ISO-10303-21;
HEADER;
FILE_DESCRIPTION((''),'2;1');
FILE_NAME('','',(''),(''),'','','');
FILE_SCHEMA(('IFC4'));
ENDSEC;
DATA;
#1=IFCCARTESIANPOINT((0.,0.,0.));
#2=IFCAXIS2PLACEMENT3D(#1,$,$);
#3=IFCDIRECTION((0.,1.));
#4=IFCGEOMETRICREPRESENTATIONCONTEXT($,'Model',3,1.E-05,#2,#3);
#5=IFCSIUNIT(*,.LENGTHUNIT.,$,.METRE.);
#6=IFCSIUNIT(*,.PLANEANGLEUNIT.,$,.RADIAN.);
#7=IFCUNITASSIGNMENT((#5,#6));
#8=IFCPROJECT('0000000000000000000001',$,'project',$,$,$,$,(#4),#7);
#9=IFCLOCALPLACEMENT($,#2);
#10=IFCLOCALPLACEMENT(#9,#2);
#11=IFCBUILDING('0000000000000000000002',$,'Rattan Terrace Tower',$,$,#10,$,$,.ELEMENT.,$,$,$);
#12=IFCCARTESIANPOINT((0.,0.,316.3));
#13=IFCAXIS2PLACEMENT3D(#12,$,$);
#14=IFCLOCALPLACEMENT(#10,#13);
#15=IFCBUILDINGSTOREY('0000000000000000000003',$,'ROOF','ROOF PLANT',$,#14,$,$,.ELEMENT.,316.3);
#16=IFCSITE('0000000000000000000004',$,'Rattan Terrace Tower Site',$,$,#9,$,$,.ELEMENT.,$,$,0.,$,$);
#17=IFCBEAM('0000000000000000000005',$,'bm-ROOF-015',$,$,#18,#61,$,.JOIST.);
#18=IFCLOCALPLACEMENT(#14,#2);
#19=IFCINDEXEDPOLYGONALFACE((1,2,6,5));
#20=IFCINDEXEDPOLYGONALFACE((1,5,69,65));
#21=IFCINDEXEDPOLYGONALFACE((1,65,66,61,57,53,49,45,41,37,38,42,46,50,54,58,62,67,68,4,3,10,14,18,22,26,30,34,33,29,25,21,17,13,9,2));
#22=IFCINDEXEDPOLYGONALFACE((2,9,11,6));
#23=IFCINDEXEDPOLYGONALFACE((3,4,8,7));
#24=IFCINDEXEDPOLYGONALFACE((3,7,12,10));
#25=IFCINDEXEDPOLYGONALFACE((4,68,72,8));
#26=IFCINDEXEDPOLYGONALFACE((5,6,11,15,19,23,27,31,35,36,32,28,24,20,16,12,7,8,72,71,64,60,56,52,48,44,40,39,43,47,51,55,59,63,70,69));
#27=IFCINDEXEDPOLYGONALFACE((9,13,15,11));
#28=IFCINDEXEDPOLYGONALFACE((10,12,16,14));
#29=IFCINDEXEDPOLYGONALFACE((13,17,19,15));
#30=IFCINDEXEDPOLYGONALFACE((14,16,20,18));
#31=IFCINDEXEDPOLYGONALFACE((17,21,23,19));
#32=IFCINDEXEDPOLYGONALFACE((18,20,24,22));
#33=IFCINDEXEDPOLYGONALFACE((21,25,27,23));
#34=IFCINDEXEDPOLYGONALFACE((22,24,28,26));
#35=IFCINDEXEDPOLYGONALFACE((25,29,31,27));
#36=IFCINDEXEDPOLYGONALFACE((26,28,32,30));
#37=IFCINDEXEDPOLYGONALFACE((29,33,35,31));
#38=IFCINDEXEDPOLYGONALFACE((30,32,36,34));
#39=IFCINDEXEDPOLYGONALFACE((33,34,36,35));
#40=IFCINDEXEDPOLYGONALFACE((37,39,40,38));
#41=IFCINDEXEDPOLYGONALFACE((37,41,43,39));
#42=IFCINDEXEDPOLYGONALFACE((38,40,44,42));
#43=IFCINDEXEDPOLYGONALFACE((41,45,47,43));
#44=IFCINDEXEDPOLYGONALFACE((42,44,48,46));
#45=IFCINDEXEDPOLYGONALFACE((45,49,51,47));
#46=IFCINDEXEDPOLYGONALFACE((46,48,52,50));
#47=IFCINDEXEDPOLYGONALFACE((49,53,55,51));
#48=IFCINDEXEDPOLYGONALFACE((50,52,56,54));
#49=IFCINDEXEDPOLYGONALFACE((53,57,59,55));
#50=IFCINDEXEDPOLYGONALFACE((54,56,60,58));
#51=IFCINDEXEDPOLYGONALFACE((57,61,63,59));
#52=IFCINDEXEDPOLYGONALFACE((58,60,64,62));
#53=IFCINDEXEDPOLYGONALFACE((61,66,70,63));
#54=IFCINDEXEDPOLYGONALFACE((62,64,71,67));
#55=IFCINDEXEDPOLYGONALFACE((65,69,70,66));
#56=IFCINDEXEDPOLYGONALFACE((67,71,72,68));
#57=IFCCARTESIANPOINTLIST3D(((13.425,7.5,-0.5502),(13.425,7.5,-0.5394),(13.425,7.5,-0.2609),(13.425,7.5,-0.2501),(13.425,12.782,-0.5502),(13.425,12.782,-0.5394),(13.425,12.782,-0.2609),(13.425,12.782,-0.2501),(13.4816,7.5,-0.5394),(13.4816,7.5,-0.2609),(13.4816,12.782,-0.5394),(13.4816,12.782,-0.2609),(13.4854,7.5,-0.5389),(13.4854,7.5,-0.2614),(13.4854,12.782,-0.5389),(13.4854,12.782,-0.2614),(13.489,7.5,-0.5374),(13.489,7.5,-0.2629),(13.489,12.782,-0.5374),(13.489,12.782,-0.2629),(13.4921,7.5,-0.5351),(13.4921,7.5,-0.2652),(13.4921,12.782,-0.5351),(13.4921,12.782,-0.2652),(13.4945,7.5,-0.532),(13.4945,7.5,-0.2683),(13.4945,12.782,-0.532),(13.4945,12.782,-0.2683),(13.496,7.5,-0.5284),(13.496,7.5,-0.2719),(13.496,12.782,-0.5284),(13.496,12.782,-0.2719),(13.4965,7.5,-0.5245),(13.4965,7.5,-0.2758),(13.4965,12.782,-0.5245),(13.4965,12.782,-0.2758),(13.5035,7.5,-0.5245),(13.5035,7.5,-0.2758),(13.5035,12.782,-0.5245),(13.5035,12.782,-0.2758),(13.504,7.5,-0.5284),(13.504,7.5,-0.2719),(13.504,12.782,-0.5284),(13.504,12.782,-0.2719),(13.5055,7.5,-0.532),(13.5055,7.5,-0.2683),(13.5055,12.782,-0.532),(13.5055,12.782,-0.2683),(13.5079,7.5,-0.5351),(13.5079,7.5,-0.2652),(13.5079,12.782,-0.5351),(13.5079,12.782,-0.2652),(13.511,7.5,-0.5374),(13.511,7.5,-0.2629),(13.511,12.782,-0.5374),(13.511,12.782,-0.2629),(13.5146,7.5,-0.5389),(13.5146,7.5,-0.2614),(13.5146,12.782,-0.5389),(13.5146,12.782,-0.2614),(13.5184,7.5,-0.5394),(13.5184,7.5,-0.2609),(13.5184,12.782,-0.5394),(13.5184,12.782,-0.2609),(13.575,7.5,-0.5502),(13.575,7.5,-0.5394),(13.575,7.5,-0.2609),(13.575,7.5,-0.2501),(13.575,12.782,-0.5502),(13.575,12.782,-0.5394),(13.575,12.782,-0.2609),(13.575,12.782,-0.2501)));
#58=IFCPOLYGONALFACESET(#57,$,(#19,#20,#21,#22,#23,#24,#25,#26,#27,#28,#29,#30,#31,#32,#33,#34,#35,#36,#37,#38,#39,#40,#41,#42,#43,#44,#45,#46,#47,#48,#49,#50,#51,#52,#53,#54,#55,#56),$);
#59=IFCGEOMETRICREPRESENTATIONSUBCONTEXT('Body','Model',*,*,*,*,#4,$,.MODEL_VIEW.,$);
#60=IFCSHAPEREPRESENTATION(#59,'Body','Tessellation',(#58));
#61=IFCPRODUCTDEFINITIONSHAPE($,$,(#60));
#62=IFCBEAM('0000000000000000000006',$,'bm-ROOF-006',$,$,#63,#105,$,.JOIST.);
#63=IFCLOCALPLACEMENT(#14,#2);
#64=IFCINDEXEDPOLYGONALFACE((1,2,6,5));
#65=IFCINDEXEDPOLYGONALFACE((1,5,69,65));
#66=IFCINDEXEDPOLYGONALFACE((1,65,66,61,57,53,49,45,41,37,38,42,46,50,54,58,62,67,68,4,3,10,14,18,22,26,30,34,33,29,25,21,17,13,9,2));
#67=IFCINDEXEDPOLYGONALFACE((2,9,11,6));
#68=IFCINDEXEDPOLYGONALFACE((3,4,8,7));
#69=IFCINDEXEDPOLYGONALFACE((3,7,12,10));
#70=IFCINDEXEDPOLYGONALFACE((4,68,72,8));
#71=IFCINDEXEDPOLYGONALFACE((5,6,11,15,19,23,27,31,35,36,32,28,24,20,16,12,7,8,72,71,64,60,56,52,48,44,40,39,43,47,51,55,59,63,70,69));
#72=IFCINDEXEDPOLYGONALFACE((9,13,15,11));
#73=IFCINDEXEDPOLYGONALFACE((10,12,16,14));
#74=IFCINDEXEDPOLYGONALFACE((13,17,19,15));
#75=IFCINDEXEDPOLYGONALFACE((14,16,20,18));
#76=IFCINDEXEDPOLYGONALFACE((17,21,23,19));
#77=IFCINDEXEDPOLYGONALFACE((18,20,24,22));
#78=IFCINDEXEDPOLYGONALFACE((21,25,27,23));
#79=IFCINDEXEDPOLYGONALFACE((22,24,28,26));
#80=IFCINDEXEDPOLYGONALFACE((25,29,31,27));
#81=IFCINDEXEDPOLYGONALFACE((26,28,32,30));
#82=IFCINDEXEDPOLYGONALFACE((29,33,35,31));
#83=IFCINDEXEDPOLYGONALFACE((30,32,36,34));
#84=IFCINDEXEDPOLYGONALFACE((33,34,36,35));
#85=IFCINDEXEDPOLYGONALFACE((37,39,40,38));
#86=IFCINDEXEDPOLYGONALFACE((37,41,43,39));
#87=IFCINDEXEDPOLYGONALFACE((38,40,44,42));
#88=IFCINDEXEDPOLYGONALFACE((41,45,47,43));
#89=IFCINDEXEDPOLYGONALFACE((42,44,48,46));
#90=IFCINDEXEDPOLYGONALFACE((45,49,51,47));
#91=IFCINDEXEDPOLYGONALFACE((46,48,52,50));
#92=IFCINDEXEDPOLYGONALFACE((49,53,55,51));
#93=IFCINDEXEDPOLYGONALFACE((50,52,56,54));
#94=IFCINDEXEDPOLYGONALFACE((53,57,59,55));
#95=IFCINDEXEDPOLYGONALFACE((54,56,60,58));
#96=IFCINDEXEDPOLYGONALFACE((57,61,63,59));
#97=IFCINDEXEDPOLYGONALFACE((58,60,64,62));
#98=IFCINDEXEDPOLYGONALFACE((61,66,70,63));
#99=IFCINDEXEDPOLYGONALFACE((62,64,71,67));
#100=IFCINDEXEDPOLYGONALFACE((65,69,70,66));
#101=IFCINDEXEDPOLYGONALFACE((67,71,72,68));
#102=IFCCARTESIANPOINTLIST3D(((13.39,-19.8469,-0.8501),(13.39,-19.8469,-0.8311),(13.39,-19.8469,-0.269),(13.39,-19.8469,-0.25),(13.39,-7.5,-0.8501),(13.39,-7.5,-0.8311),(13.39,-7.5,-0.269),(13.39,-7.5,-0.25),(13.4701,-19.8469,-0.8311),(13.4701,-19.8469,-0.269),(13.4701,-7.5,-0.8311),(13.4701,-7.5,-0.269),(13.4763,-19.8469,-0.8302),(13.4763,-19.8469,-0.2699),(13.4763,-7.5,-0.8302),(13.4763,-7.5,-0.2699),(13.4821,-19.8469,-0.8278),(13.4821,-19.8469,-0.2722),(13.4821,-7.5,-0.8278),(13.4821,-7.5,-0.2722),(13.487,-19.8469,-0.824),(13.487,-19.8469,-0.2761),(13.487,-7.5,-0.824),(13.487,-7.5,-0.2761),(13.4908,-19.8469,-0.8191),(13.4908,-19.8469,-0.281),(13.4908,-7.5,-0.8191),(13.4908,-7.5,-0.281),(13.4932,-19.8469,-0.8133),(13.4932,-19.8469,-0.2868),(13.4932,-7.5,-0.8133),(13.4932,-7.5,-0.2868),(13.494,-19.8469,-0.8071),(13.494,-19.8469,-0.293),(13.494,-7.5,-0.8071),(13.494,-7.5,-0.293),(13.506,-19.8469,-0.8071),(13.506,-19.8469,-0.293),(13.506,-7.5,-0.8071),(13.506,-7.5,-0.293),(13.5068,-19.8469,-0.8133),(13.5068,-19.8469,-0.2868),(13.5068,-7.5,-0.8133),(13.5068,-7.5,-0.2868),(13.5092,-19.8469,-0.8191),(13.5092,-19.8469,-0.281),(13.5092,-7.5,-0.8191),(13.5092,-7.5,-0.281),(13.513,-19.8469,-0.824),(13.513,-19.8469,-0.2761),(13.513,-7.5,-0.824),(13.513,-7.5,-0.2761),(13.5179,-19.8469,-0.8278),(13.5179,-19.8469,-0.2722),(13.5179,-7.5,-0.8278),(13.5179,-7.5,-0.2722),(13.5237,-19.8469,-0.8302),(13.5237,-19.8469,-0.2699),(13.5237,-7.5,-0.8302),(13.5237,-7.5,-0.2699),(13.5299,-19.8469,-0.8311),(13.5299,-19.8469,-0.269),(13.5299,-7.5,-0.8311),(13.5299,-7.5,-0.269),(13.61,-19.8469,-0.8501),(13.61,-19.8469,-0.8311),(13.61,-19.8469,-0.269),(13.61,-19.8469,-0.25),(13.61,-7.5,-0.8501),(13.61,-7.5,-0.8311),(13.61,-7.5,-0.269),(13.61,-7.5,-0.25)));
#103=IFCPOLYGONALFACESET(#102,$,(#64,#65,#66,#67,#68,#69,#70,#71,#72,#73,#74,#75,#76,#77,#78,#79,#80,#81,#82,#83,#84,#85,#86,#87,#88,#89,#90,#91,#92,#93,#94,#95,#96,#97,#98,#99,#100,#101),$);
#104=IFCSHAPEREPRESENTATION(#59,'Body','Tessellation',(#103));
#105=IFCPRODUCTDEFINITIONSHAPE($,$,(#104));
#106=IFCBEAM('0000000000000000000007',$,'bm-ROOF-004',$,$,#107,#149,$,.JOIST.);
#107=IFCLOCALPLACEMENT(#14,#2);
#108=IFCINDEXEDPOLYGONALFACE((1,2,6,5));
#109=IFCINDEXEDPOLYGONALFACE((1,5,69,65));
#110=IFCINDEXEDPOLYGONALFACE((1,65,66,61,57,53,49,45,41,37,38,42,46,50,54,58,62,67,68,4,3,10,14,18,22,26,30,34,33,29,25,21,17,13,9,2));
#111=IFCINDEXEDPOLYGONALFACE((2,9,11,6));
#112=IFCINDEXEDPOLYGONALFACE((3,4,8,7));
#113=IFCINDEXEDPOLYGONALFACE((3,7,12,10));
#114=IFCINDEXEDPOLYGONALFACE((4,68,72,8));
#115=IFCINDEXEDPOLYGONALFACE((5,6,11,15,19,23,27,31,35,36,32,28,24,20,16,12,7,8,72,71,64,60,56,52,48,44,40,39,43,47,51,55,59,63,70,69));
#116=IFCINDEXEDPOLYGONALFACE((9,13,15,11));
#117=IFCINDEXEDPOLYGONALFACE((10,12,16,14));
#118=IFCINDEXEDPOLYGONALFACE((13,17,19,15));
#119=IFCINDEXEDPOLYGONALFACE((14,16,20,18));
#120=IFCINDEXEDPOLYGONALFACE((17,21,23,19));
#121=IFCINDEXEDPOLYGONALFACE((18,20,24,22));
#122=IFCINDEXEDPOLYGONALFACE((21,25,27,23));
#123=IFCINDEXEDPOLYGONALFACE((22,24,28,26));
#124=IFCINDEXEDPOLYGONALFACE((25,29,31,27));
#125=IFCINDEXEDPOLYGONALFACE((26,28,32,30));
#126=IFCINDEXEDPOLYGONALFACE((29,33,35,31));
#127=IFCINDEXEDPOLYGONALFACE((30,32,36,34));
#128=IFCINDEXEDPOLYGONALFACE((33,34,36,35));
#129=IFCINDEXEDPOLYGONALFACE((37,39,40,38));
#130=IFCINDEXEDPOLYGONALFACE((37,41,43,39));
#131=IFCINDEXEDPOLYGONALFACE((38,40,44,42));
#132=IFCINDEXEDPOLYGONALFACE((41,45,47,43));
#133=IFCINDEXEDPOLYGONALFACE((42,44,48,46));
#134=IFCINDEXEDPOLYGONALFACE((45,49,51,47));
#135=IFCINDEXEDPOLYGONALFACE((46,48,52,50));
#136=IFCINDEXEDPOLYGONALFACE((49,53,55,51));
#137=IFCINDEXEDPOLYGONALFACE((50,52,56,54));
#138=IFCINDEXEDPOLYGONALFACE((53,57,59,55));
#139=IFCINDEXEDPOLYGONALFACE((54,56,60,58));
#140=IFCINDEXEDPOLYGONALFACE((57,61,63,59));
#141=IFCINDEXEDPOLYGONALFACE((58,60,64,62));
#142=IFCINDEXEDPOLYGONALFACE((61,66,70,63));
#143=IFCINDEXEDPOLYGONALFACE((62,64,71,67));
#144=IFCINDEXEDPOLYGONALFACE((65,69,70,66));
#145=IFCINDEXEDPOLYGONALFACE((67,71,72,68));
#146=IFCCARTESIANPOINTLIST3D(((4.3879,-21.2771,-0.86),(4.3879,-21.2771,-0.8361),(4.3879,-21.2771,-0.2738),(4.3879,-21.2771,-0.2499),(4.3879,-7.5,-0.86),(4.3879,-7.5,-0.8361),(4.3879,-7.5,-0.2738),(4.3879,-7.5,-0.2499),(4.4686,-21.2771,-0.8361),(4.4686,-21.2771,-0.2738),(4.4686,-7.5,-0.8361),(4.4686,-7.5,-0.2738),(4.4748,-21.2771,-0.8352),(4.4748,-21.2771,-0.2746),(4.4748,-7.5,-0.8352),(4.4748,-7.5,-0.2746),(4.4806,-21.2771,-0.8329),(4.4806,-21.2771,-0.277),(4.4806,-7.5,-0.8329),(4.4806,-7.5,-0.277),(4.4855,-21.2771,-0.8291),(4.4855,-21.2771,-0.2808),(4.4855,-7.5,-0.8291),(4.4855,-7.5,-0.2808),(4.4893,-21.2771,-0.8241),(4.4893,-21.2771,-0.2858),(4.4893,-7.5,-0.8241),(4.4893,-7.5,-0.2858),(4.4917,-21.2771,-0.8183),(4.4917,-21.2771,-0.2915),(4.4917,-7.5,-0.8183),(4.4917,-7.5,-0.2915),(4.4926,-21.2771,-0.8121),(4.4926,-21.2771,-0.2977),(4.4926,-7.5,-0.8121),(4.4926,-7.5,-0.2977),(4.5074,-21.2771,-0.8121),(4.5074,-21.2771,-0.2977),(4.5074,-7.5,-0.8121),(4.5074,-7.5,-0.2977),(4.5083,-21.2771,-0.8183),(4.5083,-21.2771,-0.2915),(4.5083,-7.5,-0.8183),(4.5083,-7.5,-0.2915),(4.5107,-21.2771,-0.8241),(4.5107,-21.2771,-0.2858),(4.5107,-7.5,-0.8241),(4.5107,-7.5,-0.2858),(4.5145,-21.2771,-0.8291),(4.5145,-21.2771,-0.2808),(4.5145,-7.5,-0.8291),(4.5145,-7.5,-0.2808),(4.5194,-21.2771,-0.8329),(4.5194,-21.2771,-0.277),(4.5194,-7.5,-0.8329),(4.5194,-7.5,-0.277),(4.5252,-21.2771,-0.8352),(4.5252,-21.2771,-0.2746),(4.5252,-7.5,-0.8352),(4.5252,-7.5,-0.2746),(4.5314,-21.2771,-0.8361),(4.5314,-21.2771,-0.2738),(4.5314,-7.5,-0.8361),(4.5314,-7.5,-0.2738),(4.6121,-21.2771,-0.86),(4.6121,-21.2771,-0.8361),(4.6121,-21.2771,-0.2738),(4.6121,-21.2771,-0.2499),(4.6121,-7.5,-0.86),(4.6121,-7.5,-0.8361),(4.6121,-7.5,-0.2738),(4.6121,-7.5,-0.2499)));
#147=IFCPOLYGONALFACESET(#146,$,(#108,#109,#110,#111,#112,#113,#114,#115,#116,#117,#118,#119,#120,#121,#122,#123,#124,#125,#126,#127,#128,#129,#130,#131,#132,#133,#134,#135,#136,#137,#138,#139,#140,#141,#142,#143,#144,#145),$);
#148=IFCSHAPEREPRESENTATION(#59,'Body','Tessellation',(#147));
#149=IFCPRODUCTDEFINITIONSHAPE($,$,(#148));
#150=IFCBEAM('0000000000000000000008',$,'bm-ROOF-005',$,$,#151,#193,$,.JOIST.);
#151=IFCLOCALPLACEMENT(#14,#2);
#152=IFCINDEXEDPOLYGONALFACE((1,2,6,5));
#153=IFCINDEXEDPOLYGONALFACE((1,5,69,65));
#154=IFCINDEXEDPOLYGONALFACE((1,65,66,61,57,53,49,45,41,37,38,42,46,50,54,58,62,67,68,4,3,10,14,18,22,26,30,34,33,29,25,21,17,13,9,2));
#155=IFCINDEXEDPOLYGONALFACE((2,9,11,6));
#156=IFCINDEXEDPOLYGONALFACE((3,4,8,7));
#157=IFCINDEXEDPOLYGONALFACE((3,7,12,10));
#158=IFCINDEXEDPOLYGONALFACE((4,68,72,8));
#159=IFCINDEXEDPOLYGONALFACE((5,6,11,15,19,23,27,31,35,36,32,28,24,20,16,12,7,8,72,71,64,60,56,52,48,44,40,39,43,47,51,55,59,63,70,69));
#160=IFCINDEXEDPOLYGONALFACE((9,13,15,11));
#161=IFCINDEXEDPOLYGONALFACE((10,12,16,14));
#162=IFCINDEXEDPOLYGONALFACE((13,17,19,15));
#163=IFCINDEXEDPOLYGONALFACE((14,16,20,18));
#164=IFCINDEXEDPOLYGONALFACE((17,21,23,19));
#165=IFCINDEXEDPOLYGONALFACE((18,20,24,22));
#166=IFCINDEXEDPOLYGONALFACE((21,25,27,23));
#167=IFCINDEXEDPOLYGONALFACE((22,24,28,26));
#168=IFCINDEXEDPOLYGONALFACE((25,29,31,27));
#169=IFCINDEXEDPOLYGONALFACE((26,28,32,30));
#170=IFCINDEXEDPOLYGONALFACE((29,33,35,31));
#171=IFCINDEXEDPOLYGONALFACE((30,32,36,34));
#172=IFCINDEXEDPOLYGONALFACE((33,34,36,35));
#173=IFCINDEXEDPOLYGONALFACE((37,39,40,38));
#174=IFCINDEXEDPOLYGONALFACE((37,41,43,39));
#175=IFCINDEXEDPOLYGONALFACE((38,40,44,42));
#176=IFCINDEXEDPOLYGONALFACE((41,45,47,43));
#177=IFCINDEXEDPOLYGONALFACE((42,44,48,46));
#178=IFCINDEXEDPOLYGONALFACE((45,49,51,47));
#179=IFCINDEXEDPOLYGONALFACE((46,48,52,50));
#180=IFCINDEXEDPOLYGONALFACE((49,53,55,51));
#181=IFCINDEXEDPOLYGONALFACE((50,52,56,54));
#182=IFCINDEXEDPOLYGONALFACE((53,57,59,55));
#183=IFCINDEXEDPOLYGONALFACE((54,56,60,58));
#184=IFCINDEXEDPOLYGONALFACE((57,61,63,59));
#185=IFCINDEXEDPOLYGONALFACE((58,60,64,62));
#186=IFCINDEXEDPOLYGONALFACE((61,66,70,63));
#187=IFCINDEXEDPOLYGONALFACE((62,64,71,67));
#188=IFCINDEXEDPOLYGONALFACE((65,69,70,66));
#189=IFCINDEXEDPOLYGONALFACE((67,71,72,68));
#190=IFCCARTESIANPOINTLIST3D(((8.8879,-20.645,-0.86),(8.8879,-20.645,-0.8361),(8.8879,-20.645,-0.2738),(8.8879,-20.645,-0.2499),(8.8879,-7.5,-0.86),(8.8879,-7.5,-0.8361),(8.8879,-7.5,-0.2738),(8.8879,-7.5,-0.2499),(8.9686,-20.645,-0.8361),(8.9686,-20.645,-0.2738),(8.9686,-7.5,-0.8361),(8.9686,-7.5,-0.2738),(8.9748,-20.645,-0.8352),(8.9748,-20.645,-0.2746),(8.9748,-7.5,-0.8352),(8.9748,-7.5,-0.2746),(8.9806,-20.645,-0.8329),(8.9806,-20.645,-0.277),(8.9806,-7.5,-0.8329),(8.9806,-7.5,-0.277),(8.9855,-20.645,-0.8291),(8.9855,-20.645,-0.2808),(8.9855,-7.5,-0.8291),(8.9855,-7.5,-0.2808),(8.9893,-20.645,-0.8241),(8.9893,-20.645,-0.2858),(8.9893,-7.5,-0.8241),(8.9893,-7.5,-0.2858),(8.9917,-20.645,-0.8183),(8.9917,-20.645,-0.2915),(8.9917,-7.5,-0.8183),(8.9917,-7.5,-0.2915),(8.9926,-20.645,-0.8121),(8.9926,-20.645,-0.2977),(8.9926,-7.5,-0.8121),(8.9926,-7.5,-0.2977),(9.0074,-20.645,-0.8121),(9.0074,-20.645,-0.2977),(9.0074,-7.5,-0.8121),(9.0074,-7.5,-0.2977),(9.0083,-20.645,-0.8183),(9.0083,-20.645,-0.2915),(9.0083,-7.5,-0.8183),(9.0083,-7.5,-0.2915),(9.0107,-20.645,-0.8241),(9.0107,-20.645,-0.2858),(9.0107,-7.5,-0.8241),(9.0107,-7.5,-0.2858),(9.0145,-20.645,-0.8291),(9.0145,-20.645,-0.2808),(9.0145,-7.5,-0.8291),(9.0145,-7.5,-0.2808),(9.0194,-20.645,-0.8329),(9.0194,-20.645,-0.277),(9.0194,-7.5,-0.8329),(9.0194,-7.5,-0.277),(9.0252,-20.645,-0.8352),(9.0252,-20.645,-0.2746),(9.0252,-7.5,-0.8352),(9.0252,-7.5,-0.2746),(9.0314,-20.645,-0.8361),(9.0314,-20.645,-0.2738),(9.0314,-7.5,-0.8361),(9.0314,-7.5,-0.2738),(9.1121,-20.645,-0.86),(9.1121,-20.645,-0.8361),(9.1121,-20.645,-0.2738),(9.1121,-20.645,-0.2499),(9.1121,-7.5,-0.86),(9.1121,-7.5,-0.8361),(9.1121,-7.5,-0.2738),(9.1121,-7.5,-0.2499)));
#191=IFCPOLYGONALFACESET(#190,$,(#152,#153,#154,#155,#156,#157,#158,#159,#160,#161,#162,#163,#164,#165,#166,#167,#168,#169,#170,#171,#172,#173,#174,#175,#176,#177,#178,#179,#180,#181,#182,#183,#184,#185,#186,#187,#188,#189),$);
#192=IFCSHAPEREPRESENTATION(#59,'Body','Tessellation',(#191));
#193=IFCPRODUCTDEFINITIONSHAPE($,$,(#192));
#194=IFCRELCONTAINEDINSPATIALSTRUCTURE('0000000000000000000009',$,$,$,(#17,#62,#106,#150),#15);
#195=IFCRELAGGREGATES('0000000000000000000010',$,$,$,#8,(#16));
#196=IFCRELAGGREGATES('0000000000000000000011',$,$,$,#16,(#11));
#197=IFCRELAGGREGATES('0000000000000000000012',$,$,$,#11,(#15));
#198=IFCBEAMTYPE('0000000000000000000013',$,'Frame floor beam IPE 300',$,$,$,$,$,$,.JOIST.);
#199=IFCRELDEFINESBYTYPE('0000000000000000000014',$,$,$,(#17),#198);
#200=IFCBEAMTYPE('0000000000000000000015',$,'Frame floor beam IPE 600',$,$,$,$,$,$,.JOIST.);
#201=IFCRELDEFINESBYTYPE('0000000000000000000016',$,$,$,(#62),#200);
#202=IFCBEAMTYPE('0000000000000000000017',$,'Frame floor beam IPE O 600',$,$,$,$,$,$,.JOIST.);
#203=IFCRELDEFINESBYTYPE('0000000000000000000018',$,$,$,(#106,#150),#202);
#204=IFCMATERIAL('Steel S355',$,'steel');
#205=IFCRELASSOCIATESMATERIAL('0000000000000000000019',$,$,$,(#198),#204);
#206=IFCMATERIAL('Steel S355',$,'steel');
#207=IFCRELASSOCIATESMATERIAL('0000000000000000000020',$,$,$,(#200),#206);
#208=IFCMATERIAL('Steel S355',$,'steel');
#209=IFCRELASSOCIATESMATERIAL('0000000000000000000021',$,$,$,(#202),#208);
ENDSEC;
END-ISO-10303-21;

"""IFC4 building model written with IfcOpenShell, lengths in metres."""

from ifc_helpers import new_model, si_unit, direction, frame, origin, origin_2d, place, context, subcontext, project, spatial, i_section, extrude, material, material_profile, profile_set, type_object, element, save


model = new_model("IFC4")

# Units and contexts
model_context = context("Model", 3, precision=1e-05, world=origin(), true_north=direction((0.0, 1.0)))
body_context = subcontext(model_context, "Body", "Model", "MODEL_VIEW")
ifc_project = project(units=[si_unit("LENGTHUNIT", "METRE"), si_unit("PLANEANGLEUNIT", "RADIAN")], contexts=[model_context])

# Site, building, storey
site_placement = place(None, origin())
site = spatial("IfcSite", under=ifc_project, at=site_placement, Name="Rattan Terrace Tower Site", CompositionType="ELEMENT", RefElevation=0.0)
building_placement = place(site_placement, origin())
building = spatial("IfcBuilding", under=site, at=building_placement, Name="Rattan Terrace Tower", CompositionType="ELEMENT")
storey_placement = place(building_placement, frame((0.0, 0.0, 316.3)))
storey = spatial("IfcBuildingStorey", under=building, at=storey_placement, Name="ROOF", Description="ROOF PLANT", CompositionType="ELEMENT", Elevation=316.3)

# Beams
ifc_material_1 = material(Name="Steel S355", Category="steel")
ifc_material_profile_1 = material_profile(ifc_material_1, i_section(OverallWidth=0.1499, OverallDepth=0.3, WebThickness=0.0071, FlangeThickness=0.0107, FilletRadius=0.0149, at=origin_2d()), Name="IPE 300")
ifc_profile_set_1 = profile_set([ifc_material_profile_1], Name="Steel S355")
beam_type_1 = type_object("IfcBeamType", Name="Frame floor beam IPE 300", PredefinedType="JOIST", material=ifc_profile_set_1)
beam_1_placement = place(storey_placement, frame((13.5, 7.5, -0.4001), z_axis=(0.0, 1.0, 0.0), x_axis=(-1.0, 0.0, 0.0)))
element("IfcBeam", 1, at=beam_1_placement, inside=storey, type_object=beam_type_1, Name="bm-ROOF-015", PredefinedType="JOIST", context=body_context, shape_type="SweptSolid", body=[
    extrude(i_section(OverallWidth=0.1499, OverallDepth=0.3, WebThickness=0.0071, FlangeThickness=0.0107, FilletRadius=0.0149, at=origin_2d()), origin(), (0.0, 0.0, 1.0), 5.282),
])
ifc_material_2 = material(Name="Steel S355", Category="steel")
ifc_material_profile_2 = material_profile(ifc_material_2, i_section(OverallWidth=0.22, OverallDepth=0.6001, WebThickness=0.012, FlangeThickness=0.019, FilletRadius=0.0239, at=origin_2d()), Name="IPE 600")
ifc_profile_set_2 = profile_set([ifc_material_profile_2], Name="Steel S355")
beam_type_2 = type_object("IfcBeamType", Name="Frame floor beam IPE 600", PredefinedType="JOIST", material=ifc_profile_set_2)
beam_2_placement = place(storey_placement, frame((13.5, -19.8469, -0.55), z_axis=(0.0, 1.0, 0.0), x_axis=(-1.0, 0.0, 0.0)))
element("IfcBeam", 2, at=beam_2_placement, inside=storey, type_object=beam_type_2, Name="bm-ROOF-006", PredefinedType="JOIST", context=body_context, shape_type="SweptSolid", body=[
    extrude(i_section(OverallWidth=0.22, OverallDepth=0.6001, WebThickness=0.012, FlangeThickness=0.019, FilletRadius=0.0239, at=origin_2d()), origin(), (0.0, 0.0, 1.0), 12.3469),
])
ifc_material_3 = material(Name="Steel S355", Category="steel")
ifc_material_profile_3 = material_profile(ifc_material_3, i_section(OverallWidth=0.2241, OverallDepth=0.6101, WebThickness=0.0149, FlangeThickness=0.0239, FilletRadius=0.0239, at=origin_2d()), Name="IPE O 600")
ifc_profile_set_3 = profile_set([ifc_material_profile_3], Name="Steel S355")
beam_type_3 = type_object("IfcBeamType", Name="Frame floor beam IPE O 600", PredefinedType="JOIST", material=ifc_profile_set_3)
beam_3_placement = place(storey_placement, frame((4.5, -21.2771, -0.5549), z_axis=(0.0, 1.0, 0.0), x_axis=(-1.0, 0.0, 0.0)))
element("IfcBeam", 3, at=beam_3_placement, inside=storey, type_object=beam_type_3, Name="bm-ROOF-004", PredefinedType="JOIST", context=body_context, shape_type="SweptSolid", body=[
    extrude(i_section(OverallWidth=0.2241, OverallDepth=0.6101, WebThickness=0.0149, FlangeThickness=0.0239, FilletRadius=0.0239, at=origin_2d()), origin(), (0.0, 0.0, 1.0), 13.7771),
])
beam_4_placement = place(storey_placement, frame((9.0, -20.645, -0.5549), z_axis=(0.0, 1.0, 0.0), x_axis=(-1.0, 0.0, 0.0)))
element("IfcBeam", 4, at=beam_4_placement, inside=storey, type_object=beam_type_3, Name="bm-ROOF-005", PredefinedType="JOIST", context=body_context, shape_type="SweptSolid", body=[
    extrude(i_section(OverallWidth=0.2241, OverallDepth=0.6101, WebThickness=0.0149, FlangeThickness=0.0239, FilletRadius=0.0239, at=origin_2d()), origin(), (0.0, 0.0, 1.0), 13.145),
])

save(model, "model.ifc")
